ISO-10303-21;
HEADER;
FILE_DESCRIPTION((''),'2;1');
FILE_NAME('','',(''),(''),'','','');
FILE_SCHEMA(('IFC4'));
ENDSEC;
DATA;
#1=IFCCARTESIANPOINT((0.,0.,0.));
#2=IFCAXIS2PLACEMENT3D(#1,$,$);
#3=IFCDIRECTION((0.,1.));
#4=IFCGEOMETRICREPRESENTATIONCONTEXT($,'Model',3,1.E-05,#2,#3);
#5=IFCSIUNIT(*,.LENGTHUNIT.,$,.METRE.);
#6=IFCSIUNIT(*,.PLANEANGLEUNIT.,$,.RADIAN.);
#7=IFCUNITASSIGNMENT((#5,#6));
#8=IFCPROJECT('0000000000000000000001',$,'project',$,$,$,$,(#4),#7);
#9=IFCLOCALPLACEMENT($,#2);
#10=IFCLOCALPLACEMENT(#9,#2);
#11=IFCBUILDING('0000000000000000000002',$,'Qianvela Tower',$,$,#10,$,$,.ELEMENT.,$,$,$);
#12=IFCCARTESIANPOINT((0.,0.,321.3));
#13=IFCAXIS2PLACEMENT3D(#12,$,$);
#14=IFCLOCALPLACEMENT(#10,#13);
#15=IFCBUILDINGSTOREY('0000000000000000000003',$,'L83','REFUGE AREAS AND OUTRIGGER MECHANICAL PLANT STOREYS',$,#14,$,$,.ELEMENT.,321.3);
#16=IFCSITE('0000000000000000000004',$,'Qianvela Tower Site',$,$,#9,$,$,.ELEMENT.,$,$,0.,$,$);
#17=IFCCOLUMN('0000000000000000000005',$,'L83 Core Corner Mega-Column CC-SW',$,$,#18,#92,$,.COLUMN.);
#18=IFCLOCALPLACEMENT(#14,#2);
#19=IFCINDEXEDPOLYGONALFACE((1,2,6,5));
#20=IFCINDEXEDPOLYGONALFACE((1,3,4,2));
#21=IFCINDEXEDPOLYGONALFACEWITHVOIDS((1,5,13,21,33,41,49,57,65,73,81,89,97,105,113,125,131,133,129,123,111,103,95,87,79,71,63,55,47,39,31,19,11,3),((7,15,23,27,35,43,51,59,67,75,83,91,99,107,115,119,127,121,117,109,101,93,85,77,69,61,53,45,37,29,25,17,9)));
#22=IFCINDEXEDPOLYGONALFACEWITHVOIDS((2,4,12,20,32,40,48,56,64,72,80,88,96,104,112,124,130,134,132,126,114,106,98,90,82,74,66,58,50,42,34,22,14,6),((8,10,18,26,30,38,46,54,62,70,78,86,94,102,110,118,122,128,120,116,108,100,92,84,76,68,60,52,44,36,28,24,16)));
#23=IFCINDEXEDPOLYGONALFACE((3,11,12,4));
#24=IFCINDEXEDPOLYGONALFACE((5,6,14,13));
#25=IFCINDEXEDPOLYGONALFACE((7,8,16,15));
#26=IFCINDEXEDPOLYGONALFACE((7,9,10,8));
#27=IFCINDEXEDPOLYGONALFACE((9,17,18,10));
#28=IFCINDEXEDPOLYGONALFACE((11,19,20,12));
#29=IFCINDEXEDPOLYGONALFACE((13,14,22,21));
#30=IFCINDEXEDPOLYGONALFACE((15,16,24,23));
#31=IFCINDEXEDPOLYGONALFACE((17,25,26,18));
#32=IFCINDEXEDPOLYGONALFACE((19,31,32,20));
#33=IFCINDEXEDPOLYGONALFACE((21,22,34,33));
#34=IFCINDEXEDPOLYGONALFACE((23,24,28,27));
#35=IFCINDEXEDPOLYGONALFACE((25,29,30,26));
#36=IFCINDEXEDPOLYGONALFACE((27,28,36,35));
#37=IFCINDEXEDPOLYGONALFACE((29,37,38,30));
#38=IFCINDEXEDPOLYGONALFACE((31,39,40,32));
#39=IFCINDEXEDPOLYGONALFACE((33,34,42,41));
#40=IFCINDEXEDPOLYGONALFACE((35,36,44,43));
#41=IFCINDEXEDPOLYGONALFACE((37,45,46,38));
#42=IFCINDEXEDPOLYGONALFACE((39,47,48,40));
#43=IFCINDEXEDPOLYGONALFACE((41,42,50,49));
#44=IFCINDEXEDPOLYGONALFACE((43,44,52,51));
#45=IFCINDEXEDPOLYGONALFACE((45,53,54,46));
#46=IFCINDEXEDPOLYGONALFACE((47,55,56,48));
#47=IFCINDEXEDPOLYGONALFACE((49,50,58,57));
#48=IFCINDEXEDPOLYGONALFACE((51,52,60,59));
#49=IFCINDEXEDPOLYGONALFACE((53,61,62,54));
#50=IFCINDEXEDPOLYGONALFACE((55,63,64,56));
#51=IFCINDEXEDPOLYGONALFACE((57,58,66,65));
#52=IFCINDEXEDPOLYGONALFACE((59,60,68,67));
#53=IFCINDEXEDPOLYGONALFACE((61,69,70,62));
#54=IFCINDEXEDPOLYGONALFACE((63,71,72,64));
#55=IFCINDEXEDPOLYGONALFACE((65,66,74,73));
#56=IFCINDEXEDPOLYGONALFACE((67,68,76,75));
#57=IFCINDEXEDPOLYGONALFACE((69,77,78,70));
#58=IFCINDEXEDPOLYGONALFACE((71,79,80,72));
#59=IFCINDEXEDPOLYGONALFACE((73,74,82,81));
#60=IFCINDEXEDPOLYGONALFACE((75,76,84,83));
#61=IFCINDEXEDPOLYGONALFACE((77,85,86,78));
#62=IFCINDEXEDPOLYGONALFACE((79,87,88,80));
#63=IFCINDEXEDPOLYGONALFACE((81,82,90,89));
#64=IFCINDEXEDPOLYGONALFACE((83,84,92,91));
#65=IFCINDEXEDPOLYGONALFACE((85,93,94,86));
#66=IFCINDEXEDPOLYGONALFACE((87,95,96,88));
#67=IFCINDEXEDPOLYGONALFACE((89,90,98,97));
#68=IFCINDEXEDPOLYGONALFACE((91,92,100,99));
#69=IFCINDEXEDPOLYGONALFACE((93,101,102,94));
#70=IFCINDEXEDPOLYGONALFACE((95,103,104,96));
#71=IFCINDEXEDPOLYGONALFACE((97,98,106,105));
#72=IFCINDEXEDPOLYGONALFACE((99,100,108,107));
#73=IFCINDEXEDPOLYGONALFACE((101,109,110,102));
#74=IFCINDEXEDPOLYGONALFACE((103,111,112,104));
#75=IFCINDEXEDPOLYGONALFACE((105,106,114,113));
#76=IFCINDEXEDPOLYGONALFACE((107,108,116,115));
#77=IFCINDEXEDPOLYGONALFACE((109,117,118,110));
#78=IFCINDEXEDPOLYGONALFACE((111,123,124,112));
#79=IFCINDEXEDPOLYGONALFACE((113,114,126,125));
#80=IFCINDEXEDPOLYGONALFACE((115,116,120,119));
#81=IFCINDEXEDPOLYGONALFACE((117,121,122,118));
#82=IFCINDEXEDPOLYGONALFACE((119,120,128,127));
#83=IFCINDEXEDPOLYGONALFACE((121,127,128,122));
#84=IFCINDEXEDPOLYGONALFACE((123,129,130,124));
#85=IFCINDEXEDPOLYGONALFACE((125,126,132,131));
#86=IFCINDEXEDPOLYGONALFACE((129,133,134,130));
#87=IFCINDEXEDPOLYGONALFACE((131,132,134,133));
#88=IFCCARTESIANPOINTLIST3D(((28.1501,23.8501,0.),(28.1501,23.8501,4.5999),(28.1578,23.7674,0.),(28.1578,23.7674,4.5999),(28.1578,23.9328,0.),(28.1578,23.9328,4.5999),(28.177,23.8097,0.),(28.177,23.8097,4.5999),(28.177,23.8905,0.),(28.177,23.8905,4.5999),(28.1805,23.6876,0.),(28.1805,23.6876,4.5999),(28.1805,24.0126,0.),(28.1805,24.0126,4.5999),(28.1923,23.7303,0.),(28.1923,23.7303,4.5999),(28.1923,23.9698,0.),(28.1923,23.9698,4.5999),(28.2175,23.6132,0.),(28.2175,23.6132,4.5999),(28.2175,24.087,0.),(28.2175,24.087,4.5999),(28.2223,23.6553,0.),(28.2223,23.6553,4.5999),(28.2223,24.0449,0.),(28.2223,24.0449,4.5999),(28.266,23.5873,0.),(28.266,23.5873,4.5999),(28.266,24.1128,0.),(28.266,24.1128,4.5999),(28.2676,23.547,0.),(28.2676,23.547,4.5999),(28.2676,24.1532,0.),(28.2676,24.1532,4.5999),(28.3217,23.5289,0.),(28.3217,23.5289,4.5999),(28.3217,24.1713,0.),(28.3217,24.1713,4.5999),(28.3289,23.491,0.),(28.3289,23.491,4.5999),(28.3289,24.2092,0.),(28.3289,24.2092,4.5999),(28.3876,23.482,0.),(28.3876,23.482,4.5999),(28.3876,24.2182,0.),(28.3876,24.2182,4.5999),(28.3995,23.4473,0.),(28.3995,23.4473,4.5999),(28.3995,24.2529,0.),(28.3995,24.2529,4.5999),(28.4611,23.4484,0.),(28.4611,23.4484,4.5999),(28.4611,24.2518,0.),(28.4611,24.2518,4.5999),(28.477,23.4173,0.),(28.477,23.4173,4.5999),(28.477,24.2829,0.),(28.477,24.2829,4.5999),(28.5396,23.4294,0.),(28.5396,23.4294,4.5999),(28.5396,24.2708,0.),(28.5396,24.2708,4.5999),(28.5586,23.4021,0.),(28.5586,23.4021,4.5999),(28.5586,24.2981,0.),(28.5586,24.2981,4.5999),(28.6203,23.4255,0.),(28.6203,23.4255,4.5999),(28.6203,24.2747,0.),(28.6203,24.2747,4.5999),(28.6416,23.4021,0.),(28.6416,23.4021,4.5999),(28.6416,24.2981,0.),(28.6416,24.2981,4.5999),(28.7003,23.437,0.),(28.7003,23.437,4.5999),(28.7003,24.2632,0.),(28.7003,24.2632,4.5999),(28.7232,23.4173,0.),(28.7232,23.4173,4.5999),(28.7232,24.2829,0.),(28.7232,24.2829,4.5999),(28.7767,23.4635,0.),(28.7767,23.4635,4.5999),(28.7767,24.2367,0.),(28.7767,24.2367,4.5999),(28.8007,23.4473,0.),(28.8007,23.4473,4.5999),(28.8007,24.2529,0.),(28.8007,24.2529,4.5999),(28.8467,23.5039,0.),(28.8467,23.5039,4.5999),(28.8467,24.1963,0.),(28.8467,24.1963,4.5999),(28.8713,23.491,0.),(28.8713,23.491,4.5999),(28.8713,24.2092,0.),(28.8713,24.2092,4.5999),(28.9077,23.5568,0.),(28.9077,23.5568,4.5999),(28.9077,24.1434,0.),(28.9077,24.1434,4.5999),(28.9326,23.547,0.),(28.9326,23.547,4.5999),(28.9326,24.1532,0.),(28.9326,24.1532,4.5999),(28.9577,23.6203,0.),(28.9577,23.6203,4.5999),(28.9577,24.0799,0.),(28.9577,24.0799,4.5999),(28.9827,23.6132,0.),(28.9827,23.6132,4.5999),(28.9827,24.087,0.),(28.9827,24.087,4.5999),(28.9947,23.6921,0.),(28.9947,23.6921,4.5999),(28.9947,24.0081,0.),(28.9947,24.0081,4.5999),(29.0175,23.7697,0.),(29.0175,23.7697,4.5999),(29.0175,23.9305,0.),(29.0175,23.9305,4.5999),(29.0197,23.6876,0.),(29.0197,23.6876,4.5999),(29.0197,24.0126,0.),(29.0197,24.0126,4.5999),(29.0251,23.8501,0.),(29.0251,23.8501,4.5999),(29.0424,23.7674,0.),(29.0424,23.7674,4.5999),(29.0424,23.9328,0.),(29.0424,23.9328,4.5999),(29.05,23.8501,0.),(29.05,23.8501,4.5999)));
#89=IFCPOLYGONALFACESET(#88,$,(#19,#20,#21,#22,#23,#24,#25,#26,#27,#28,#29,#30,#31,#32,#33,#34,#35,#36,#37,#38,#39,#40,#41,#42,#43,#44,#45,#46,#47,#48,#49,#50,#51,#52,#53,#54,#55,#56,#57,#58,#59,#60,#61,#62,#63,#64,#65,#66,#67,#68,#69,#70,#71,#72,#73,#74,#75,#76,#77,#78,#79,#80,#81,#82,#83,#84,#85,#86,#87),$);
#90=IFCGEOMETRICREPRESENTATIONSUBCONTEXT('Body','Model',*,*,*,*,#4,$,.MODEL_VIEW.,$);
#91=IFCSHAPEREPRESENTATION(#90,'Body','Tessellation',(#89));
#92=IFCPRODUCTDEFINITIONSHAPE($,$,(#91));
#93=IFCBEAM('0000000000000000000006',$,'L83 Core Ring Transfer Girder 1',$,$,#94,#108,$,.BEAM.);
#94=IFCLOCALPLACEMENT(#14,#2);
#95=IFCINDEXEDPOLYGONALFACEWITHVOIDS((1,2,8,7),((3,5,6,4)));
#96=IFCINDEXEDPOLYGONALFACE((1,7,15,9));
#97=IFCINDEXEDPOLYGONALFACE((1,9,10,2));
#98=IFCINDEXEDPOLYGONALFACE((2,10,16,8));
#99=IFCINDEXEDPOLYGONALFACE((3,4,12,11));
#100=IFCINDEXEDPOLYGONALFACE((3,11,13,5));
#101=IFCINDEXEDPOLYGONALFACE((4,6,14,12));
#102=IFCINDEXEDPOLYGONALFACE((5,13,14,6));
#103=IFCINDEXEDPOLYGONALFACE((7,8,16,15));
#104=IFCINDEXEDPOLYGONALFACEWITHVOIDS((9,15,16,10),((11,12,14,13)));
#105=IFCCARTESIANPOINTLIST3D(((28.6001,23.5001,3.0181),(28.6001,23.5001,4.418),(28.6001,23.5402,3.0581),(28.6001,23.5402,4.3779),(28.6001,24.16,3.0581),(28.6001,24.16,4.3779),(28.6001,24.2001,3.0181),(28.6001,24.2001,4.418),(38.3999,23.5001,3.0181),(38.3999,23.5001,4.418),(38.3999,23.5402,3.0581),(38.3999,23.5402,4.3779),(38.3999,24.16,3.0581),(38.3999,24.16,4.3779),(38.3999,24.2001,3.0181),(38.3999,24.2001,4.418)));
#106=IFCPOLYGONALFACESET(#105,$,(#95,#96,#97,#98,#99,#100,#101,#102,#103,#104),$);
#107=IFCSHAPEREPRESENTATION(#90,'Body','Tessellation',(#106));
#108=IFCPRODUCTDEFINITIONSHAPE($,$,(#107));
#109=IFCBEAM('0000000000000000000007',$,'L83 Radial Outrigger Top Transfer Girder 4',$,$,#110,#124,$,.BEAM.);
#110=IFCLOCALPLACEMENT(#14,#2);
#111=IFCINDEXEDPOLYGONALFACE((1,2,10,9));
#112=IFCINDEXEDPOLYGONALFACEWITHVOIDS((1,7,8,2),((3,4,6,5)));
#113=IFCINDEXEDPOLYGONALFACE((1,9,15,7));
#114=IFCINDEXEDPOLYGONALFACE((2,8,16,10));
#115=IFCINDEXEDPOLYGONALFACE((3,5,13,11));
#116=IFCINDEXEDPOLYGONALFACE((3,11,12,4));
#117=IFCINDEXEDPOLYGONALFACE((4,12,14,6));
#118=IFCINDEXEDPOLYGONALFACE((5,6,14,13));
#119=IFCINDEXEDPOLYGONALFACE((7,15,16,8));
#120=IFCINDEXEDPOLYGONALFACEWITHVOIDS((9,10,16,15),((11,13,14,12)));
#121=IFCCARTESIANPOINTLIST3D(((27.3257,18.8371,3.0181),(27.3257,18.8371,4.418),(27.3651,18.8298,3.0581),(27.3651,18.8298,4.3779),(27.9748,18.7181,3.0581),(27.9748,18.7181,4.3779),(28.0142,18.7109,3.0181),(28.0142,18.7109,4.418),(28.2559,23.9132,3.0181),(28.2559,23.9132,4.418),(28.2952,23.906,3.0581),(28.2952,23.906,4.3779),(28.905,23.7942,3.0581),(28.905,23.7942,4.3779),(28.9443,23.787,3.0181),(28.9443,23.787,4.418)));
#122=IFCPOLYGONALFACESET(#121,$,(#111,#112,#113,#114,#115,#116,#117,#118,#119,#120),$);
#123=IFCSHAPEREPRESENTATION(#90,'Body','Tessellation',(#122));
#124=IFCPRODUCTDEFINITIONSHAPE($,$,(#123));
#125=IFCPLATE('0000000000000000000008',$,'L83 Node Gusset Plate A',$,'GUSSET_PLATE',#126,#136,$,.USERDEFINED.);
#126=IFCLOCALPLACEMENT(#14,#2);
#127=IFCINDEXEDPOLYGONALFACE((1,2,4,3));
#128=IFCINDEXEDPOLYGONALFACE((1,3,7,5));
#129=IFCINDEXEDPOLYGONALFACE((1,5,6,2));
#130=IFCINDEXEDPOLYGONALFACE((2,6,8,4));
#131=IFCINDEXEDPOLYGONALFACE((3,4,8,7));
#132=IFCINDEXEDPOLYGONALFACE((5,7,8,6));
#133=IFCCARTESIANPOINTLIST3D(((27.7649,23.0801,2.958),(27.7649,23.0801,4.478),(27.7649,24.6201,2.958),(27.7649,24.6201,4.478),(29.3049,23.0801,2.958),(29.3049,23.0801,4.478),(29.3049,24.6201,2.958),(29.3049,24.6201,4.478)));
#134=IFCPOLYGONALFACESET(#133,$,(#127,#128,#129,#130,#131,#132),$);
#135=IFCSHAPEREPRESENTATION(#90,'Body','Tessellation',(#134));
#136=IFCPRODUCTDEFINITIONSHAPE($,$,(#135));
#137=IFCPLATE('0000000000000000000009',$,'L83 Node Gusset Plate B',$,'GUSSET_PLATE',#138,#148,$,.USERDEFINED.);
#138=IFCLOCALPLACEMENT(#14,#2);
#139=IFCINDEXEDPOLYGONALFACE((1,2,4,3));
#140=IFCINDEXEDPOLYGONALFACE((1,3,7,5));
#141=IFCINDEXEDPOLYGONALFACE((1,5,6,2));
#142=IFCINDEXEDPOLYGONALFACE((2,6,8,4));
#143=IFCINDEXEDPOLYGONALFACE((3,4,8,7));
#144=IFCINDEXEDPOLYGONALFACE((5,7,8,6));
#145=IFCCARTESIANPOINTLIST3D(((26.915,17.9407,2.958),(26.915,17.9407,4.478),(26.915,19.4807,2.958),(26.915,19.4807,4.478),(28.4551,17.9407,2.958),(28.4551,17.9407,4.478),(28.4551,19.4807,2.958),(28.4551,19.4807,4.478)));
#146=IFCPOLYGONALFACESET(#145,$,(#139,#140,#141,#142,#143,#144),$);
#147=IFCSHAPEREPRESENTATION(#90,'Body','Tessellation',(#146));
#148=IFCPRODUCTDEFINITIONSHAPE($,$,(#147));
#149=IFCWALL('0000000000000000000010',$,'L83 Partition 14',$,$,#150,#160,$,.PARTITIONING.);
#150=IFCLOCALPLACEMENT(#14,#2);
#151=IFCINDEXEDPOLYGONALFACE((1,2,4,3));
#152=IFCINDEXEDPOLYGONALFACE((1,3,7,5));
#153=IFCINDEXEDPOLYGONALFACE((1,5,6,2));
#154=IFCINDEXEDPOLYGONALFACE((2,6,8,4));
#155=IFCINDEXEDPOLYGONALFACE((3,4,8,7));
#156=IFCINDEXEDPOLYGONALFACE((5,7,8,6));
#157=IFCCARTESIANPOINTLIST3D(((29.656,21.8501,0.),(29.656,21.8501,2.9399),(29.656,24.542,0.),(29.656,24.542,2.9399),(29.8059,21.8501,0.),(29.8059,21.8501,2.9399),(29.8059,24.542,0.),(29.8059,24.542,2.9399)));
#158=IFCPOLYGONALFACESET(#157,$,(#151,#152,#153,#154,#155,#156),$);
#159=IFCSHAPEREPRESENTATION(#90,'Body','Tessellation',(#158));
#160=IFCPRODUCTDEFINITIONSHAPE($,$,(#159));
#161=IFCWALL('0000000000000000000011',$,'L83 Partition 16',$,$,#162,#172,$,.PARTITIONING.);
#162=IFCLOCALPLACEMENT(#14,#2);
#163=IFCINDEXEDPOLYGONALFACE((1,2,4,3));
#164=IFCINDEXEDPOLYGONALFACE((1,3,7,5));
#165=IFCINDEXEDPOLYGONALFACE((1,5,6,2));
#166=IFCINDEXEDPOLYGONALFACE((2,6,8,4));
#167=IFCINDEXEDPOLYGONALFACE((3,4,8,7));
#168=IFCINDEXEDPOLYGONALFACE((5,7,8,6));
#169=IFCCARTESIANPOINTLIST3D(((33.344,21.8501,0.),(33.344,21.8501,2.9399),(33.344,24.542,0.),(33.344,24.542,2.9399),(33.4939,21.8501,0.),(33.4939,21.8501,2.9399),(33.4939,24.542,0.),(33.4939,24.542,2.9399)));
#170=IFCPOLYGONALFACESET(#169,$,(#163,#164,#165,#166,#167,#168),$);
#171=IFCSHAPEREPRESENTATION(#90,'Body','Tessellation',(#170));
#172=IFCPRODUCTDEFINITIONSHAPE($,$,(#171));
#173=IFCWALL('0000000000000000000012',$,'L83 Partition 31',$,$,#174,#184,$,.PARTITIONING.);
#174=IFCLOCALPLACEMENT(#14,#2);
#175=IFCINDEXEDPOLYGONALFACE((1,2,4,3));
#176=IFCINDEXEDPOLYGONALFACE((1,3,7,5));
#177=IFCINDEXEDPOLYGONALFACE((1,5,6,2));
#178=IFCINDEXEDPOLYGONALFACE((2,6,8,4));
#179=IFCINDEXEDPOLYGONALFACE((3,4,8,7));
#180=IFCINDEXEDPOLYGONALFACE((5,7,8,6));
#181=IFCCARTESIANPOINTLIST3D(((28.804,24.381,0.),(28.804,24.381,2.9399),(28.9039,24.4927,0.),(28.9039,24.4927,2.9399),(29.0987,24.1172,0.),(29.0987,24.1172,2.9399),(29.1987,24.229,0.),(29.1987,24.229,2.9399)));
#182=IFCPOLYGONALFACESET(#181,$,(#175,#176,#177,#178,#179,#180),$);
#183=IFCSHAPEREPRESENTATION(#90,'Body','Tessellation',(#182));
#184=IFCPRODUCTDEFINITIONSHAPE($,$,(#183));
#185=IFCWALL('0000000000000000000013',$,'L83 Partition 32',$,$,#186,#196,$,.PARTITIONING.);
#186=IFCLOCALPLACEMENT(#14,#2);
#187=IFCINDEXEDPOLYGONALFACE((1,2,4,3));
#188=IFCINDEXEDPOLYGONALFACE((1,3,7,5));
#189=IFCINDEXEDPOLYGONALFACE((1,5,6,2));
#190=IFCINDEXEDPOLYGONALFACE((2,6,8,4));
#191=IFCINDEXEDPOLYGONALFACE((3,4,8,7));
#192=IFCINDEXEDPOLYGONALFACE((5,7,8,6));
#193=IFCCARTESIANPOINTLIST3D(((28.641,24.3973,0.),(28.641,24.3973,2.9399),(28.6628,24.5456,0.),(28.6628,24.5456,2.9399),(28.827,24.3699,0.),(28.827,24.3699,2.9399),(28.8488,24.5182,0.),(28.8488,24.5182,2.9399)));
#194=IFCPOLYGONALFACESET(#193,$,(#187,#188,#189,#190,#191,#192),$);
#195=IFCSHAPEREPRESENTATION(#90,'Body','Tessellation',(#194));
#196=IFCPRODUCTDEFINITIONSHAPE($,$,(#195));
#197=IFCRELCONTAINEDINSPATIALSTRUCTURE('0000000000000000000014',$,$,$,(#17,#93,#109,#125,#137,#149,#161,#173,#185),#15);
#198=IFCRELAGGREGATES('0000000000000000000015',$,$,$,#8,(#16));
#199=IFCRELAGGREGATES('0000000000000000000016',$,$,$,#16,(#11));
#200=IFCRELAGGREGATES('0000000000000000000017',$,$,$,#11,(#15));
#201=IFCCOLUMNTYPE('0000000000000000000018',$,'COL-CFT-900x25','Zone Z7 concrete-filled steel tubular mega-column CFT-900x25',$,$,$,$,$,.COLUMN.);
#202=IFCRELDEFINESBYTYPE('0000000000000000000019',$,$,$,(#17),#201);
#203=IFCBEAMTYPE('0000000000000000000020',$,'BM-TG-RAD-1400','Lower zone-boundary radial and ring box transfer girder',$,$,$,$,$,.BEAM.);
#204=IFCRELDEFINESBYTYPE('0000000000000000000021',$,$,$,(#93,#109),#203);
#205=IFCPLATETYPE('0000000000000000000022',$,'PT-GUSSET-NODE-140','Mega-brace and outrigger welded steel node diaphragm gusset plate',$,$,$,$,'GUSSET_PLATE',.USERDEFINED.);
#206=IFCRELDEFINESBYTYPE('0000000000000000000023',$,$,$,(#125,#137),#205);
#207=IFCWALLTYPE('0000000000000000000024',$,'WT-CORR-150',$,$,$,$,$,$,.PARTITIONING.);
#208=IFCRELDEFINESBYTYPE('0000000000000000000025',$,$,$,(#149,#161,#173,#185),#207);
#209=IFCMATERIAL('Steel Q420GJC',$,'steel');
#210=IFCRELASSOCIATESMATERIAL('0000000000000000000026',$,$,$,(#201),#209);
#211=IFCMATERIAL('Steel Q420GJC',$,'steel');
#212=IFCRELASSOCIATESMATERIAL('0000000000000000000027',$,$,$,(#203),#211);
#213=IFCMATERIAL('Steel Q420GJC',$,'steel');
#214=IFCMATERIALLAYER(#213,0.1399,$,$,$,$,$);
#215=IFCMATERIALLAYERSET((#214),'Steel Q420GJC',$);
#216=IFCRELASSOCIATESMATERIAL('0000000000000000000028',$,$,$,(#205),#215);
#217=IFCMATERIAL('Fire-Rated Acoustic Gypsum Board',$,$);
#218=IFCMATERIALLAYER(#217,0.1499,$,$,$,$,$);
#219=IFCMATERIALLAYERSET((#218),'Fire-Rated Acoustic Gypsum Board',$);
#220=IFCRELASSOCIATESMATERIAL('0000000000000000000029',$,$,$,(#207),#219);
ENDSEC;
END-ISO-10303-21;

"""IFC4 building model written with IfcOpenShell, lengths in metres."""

from ifc_helpers import new_model, si_unit, direction, frame, frame_2d, origin, origin_2d, place, context, subcontext, project, spatial, rectangle, hollow_rectangle, hollow_circle, extrude, material, layer, layer_set, material_profile, profile_set, type_object, element, save


model = new_model("IFC4")

# Units and contexts
model_context = context("Model", 3, precision=1e-05, world=origin(), true_north=direction((0.0, 1.0)))
body_context = subcontext(model_context, "Body", "Model", "MODEL_VIEW")
ifc_project = project(units=[si_unit("LENGTHUNIT", "METRE"), si_unit("PLANEANGLEUNIT", "RADIAN")], contexts=[model_context])

# Site, building, storey
site_placement = place(None, origin())
site = spatial("IfcSite", under=ifc_project, at=site_placement, Name="Qianvela Tower Site", CompositionType="ELEMENT", RefElevation=0.0)
building_placement = place(site_placement, origin())
building = spatial("IfcBuilding", under=site, at=building_placement, Name="Qianvela Tower", CompositionType="ELEMENT")
storey_placement = place(building_placement, frame((0.0, 0.0, 321.3)))
storey = spatial("IfcBuildingStorey", under=building, at=storey_placement, Name="L83", Description="REFUGE AREAS AND OUTRIGGER MECHANICAL PLANT STOREYS", CompositionType="ELEMENT", Elevation=321.3)

# Column
ifc_material_1 = material(Name="Steel Q420GJC", Category="steel")
ifc_material_profile_1 = material_profile(ifc_material_1, hollow_circle(Radius=0.45, WallThickness=0.0249, at=origin_2d()), Name="CFT-900x25")
ifc_profile_set_1 = profile_set([ifc_material_profile_1], Name="Steel Q420GJC")
column_type = type_object("IfcColumnType", Name="COL-CFT-900x25", Description="Zone Z7 concrete-filled steel tubular mega-column CFT-900x25", PredefinedType="COLUMN", material=ifc_profile_set_1)
column_placement = place(storey_placement, frame((28.6001, 23.8501, 0.0), z_axis=(0.0, 0.0, 1.0), x_axis=(1.0, 0.0, 0.0)))
element("IfcColumn", 1, at=column_placement, inside=storey, type_object=column_type, Name="L83 Core Corner Mega-Column CC-SW", PredefinedType="COLUMN", context=body_context, shape_type="SweptSolid", body=[
    extrude(hollow_circle(Radius=0.45, WallThickness=0.0249, at=origin_2d()), origin(), (0.0, 0.0, 1.0), 4.5999),
])

# Beams
ifc_material_2 = material(Name="Steel Q420GJC", Category="steel")
ifc_material_profile_2 = material_profile(ifc_material_2, hollow_rectangle(XDim=0.7, YDim=1.3999, WallThickness=0.04, at=origin_2d()), Name="TG-BOX-1400x700x40")
ifc_profile_set_2 = profile_set([ifc_material_profile_2], Name="Steel Q420GJC")
beam_type = type_object("IfcBeamType", Name="BM-TG-RAD-1400", Description="Lower zone-boundary radial and ring box transfer girder", PredefinedType="BEAM", material=ifc_profile_set_2)
beam_1_placement = place(storey_placement, frame((28.6001, 23.8501, 3.718), z_axis=(1.0, 0.0, 0.0), x_axis=(0.0, 1.0, 0.0)))
element("IfcBeam", 2, at=beam_1_placement, inside=storey, type_object=beam_type, Name="L83 Core Ring Transfer Girder 1", PredefinedType="BEAM", context=body_context, shape_type="SweptSolid", body=[
    extrude(hollow_rectangle(XDim=0.7, YDim=1.3999, WallThickness=0.04, at=origin_2d()), origin(), (0.0, 0.0, 1.0), 9.7998),
])
beam_2_placement = place(storey_placement, frame((28.6001, 23.8501, 3.718), z_axis=(-0.180242, -0.983622, 0.0), x_axis=(0.983622, -0.180242, 0.0)))
element("IfcBeam", 3, at=beam_2_placement, inside=storey, type_object=beam_type, Name="L83 Radial Outrigger Top Transfer Girder 4", PredefinedType="BEAM", context=body_context, shape_type="SweptSolid", body=[
    extrude(hollow_rectangle(XDim=0.7, YDim=1.3999, WallThickness=0.04, at=origin_2d()), origin(), (0.0, 0.0, 1.0), 5.1606),
])

# Plates
ifc_material_3 = material(Name="Steel Q420GJC", Category="steel")
ifc_layer_1 = layer(ifc_material_3, 0.1399)
ifc_layer_set_1 = layer_set([ifc_layer_1], Name="Steel Q420GJC")
plate_type = type_object("IfcPlateType", Name="PT-GUSSET-NODE-140", Description="Mega-brace and outrigger welded steel node diaphragm gusset plate", ElementType="GUSSET_PLATE", PredefinedType="USERDEFINED", material=ifc_layer_set_1)
for number, where, z_axis, x_axis, name in (
    (4, (28.5349, 23.8501, 2.958), (0.0, 0.0, 1.0), (1.0, 0.0, 0.0), "L83 Node Gusset Plate A"),
    (5, (27.6851, 18.7107, 2.958), (0.0, 0.0, 1.0), (1.0, 0.0, 0.0), "L83 Node Gusset Plate B"),
):
    element("IfcPlate", number, at=place(storey_placement, frame(where, z_axis=z_axis, x_axis=x_axis)), inside=storey, type_object=plate_type, Name=name, ObjectType="GUSSET_PLATE", PredefinedType="USERDEFINED", context=body_context, shape_type="SweptSolid", body=[
        extrude(rectangle(XDim=1.54, YDim=1.54, at=origin_2d()), origin(), (0.0, 0.0, 1.0), 1.52),
    ])

# Shared definitions
ifc_material_4 = material(Name="Fire-Rated Acoustic Gypsum Board")
ifc_layer_2 = layer(ifc_material_4, 0.1499)
ifc_layer_set_2 = layer_set([ifc_layer_2], Name="Fire-Rated Acoustic Gypsum Board")
wall_type = type_object("IfcWallType", Name="WT-CORR-150", PredefinedType="PARTITIONING", material=ifc_layer_set_2)

# Walls
for number, where, z_axis, x_axis, name in (
    (6, (29.731, 21.8501, 0.0), (0.0, 0.0, 1.0), (0.0, 1.0, 0.0), "L83 Partition 14"),
    (7, (33.4189, 24.542, 0.0), (0.0, 0.0, 1.0), (0.0, -1.0, 0.0), "L83 Partition 16"),
):
    element("IfcWall", number, at=place(storey_placement, frame(where, z_axis=z_axis, x_axis=x_axis)), inside=storey, type_object=wall_type, Name=name, PredefinedType="PARTITIONING", context=body_context, shape_type="SweptSolid", body=[
        extrude(rectangle(XDim=2.6919, YDim=0.1499, at=frame_2d((1.3459, 0.0))), origin(), (0.0, 0.0, 1.0), 2.9399),
    ])
wall_1_placement = place(storey_placement, frame((29.1487, 24.1731, 0.0), z_axis=(0.0, 0.0, 1.0), x_axis=(-0.745225, 0.666813, 0.0)))
element("IfcWall", 8, at=wall_1_placement, inside=storey, type_object=wall_type, Name="L83 Partition 31", PredefinedType="PARTITIONING", context=body_context, shape_type="SweptSolid", body=[
    extrude(rectangle(XDim=0.3955, YDim=0.1499, at=frame_2d((0.1978, 0.0))), origin(), (0.0, 0.0, 1.0), 2.9399),
])
wall_2_placement = place(storey_placement, frame((28.8379, 24.4441, 0.0), z_axis=(0.0, 0.0, 1.0), x_axis=(-0.98937, 0.145419, 0.0)))
element("IfcWall", 9, at=wall_2_placement, inside=storey, type_object=wall_type, Name="L83 Partition 32", PredefinedType="PARTITIONING", context=body_context, shape_type="SweptSolid", body=[
    extrude(rectangle(XDim=0.188, YDim=0.1499, at=frame_2d((0.094, 0.0))), origin(), (0.0, 0.0, 1.0), 2.9399),
])

save(model, "model.ifc")
